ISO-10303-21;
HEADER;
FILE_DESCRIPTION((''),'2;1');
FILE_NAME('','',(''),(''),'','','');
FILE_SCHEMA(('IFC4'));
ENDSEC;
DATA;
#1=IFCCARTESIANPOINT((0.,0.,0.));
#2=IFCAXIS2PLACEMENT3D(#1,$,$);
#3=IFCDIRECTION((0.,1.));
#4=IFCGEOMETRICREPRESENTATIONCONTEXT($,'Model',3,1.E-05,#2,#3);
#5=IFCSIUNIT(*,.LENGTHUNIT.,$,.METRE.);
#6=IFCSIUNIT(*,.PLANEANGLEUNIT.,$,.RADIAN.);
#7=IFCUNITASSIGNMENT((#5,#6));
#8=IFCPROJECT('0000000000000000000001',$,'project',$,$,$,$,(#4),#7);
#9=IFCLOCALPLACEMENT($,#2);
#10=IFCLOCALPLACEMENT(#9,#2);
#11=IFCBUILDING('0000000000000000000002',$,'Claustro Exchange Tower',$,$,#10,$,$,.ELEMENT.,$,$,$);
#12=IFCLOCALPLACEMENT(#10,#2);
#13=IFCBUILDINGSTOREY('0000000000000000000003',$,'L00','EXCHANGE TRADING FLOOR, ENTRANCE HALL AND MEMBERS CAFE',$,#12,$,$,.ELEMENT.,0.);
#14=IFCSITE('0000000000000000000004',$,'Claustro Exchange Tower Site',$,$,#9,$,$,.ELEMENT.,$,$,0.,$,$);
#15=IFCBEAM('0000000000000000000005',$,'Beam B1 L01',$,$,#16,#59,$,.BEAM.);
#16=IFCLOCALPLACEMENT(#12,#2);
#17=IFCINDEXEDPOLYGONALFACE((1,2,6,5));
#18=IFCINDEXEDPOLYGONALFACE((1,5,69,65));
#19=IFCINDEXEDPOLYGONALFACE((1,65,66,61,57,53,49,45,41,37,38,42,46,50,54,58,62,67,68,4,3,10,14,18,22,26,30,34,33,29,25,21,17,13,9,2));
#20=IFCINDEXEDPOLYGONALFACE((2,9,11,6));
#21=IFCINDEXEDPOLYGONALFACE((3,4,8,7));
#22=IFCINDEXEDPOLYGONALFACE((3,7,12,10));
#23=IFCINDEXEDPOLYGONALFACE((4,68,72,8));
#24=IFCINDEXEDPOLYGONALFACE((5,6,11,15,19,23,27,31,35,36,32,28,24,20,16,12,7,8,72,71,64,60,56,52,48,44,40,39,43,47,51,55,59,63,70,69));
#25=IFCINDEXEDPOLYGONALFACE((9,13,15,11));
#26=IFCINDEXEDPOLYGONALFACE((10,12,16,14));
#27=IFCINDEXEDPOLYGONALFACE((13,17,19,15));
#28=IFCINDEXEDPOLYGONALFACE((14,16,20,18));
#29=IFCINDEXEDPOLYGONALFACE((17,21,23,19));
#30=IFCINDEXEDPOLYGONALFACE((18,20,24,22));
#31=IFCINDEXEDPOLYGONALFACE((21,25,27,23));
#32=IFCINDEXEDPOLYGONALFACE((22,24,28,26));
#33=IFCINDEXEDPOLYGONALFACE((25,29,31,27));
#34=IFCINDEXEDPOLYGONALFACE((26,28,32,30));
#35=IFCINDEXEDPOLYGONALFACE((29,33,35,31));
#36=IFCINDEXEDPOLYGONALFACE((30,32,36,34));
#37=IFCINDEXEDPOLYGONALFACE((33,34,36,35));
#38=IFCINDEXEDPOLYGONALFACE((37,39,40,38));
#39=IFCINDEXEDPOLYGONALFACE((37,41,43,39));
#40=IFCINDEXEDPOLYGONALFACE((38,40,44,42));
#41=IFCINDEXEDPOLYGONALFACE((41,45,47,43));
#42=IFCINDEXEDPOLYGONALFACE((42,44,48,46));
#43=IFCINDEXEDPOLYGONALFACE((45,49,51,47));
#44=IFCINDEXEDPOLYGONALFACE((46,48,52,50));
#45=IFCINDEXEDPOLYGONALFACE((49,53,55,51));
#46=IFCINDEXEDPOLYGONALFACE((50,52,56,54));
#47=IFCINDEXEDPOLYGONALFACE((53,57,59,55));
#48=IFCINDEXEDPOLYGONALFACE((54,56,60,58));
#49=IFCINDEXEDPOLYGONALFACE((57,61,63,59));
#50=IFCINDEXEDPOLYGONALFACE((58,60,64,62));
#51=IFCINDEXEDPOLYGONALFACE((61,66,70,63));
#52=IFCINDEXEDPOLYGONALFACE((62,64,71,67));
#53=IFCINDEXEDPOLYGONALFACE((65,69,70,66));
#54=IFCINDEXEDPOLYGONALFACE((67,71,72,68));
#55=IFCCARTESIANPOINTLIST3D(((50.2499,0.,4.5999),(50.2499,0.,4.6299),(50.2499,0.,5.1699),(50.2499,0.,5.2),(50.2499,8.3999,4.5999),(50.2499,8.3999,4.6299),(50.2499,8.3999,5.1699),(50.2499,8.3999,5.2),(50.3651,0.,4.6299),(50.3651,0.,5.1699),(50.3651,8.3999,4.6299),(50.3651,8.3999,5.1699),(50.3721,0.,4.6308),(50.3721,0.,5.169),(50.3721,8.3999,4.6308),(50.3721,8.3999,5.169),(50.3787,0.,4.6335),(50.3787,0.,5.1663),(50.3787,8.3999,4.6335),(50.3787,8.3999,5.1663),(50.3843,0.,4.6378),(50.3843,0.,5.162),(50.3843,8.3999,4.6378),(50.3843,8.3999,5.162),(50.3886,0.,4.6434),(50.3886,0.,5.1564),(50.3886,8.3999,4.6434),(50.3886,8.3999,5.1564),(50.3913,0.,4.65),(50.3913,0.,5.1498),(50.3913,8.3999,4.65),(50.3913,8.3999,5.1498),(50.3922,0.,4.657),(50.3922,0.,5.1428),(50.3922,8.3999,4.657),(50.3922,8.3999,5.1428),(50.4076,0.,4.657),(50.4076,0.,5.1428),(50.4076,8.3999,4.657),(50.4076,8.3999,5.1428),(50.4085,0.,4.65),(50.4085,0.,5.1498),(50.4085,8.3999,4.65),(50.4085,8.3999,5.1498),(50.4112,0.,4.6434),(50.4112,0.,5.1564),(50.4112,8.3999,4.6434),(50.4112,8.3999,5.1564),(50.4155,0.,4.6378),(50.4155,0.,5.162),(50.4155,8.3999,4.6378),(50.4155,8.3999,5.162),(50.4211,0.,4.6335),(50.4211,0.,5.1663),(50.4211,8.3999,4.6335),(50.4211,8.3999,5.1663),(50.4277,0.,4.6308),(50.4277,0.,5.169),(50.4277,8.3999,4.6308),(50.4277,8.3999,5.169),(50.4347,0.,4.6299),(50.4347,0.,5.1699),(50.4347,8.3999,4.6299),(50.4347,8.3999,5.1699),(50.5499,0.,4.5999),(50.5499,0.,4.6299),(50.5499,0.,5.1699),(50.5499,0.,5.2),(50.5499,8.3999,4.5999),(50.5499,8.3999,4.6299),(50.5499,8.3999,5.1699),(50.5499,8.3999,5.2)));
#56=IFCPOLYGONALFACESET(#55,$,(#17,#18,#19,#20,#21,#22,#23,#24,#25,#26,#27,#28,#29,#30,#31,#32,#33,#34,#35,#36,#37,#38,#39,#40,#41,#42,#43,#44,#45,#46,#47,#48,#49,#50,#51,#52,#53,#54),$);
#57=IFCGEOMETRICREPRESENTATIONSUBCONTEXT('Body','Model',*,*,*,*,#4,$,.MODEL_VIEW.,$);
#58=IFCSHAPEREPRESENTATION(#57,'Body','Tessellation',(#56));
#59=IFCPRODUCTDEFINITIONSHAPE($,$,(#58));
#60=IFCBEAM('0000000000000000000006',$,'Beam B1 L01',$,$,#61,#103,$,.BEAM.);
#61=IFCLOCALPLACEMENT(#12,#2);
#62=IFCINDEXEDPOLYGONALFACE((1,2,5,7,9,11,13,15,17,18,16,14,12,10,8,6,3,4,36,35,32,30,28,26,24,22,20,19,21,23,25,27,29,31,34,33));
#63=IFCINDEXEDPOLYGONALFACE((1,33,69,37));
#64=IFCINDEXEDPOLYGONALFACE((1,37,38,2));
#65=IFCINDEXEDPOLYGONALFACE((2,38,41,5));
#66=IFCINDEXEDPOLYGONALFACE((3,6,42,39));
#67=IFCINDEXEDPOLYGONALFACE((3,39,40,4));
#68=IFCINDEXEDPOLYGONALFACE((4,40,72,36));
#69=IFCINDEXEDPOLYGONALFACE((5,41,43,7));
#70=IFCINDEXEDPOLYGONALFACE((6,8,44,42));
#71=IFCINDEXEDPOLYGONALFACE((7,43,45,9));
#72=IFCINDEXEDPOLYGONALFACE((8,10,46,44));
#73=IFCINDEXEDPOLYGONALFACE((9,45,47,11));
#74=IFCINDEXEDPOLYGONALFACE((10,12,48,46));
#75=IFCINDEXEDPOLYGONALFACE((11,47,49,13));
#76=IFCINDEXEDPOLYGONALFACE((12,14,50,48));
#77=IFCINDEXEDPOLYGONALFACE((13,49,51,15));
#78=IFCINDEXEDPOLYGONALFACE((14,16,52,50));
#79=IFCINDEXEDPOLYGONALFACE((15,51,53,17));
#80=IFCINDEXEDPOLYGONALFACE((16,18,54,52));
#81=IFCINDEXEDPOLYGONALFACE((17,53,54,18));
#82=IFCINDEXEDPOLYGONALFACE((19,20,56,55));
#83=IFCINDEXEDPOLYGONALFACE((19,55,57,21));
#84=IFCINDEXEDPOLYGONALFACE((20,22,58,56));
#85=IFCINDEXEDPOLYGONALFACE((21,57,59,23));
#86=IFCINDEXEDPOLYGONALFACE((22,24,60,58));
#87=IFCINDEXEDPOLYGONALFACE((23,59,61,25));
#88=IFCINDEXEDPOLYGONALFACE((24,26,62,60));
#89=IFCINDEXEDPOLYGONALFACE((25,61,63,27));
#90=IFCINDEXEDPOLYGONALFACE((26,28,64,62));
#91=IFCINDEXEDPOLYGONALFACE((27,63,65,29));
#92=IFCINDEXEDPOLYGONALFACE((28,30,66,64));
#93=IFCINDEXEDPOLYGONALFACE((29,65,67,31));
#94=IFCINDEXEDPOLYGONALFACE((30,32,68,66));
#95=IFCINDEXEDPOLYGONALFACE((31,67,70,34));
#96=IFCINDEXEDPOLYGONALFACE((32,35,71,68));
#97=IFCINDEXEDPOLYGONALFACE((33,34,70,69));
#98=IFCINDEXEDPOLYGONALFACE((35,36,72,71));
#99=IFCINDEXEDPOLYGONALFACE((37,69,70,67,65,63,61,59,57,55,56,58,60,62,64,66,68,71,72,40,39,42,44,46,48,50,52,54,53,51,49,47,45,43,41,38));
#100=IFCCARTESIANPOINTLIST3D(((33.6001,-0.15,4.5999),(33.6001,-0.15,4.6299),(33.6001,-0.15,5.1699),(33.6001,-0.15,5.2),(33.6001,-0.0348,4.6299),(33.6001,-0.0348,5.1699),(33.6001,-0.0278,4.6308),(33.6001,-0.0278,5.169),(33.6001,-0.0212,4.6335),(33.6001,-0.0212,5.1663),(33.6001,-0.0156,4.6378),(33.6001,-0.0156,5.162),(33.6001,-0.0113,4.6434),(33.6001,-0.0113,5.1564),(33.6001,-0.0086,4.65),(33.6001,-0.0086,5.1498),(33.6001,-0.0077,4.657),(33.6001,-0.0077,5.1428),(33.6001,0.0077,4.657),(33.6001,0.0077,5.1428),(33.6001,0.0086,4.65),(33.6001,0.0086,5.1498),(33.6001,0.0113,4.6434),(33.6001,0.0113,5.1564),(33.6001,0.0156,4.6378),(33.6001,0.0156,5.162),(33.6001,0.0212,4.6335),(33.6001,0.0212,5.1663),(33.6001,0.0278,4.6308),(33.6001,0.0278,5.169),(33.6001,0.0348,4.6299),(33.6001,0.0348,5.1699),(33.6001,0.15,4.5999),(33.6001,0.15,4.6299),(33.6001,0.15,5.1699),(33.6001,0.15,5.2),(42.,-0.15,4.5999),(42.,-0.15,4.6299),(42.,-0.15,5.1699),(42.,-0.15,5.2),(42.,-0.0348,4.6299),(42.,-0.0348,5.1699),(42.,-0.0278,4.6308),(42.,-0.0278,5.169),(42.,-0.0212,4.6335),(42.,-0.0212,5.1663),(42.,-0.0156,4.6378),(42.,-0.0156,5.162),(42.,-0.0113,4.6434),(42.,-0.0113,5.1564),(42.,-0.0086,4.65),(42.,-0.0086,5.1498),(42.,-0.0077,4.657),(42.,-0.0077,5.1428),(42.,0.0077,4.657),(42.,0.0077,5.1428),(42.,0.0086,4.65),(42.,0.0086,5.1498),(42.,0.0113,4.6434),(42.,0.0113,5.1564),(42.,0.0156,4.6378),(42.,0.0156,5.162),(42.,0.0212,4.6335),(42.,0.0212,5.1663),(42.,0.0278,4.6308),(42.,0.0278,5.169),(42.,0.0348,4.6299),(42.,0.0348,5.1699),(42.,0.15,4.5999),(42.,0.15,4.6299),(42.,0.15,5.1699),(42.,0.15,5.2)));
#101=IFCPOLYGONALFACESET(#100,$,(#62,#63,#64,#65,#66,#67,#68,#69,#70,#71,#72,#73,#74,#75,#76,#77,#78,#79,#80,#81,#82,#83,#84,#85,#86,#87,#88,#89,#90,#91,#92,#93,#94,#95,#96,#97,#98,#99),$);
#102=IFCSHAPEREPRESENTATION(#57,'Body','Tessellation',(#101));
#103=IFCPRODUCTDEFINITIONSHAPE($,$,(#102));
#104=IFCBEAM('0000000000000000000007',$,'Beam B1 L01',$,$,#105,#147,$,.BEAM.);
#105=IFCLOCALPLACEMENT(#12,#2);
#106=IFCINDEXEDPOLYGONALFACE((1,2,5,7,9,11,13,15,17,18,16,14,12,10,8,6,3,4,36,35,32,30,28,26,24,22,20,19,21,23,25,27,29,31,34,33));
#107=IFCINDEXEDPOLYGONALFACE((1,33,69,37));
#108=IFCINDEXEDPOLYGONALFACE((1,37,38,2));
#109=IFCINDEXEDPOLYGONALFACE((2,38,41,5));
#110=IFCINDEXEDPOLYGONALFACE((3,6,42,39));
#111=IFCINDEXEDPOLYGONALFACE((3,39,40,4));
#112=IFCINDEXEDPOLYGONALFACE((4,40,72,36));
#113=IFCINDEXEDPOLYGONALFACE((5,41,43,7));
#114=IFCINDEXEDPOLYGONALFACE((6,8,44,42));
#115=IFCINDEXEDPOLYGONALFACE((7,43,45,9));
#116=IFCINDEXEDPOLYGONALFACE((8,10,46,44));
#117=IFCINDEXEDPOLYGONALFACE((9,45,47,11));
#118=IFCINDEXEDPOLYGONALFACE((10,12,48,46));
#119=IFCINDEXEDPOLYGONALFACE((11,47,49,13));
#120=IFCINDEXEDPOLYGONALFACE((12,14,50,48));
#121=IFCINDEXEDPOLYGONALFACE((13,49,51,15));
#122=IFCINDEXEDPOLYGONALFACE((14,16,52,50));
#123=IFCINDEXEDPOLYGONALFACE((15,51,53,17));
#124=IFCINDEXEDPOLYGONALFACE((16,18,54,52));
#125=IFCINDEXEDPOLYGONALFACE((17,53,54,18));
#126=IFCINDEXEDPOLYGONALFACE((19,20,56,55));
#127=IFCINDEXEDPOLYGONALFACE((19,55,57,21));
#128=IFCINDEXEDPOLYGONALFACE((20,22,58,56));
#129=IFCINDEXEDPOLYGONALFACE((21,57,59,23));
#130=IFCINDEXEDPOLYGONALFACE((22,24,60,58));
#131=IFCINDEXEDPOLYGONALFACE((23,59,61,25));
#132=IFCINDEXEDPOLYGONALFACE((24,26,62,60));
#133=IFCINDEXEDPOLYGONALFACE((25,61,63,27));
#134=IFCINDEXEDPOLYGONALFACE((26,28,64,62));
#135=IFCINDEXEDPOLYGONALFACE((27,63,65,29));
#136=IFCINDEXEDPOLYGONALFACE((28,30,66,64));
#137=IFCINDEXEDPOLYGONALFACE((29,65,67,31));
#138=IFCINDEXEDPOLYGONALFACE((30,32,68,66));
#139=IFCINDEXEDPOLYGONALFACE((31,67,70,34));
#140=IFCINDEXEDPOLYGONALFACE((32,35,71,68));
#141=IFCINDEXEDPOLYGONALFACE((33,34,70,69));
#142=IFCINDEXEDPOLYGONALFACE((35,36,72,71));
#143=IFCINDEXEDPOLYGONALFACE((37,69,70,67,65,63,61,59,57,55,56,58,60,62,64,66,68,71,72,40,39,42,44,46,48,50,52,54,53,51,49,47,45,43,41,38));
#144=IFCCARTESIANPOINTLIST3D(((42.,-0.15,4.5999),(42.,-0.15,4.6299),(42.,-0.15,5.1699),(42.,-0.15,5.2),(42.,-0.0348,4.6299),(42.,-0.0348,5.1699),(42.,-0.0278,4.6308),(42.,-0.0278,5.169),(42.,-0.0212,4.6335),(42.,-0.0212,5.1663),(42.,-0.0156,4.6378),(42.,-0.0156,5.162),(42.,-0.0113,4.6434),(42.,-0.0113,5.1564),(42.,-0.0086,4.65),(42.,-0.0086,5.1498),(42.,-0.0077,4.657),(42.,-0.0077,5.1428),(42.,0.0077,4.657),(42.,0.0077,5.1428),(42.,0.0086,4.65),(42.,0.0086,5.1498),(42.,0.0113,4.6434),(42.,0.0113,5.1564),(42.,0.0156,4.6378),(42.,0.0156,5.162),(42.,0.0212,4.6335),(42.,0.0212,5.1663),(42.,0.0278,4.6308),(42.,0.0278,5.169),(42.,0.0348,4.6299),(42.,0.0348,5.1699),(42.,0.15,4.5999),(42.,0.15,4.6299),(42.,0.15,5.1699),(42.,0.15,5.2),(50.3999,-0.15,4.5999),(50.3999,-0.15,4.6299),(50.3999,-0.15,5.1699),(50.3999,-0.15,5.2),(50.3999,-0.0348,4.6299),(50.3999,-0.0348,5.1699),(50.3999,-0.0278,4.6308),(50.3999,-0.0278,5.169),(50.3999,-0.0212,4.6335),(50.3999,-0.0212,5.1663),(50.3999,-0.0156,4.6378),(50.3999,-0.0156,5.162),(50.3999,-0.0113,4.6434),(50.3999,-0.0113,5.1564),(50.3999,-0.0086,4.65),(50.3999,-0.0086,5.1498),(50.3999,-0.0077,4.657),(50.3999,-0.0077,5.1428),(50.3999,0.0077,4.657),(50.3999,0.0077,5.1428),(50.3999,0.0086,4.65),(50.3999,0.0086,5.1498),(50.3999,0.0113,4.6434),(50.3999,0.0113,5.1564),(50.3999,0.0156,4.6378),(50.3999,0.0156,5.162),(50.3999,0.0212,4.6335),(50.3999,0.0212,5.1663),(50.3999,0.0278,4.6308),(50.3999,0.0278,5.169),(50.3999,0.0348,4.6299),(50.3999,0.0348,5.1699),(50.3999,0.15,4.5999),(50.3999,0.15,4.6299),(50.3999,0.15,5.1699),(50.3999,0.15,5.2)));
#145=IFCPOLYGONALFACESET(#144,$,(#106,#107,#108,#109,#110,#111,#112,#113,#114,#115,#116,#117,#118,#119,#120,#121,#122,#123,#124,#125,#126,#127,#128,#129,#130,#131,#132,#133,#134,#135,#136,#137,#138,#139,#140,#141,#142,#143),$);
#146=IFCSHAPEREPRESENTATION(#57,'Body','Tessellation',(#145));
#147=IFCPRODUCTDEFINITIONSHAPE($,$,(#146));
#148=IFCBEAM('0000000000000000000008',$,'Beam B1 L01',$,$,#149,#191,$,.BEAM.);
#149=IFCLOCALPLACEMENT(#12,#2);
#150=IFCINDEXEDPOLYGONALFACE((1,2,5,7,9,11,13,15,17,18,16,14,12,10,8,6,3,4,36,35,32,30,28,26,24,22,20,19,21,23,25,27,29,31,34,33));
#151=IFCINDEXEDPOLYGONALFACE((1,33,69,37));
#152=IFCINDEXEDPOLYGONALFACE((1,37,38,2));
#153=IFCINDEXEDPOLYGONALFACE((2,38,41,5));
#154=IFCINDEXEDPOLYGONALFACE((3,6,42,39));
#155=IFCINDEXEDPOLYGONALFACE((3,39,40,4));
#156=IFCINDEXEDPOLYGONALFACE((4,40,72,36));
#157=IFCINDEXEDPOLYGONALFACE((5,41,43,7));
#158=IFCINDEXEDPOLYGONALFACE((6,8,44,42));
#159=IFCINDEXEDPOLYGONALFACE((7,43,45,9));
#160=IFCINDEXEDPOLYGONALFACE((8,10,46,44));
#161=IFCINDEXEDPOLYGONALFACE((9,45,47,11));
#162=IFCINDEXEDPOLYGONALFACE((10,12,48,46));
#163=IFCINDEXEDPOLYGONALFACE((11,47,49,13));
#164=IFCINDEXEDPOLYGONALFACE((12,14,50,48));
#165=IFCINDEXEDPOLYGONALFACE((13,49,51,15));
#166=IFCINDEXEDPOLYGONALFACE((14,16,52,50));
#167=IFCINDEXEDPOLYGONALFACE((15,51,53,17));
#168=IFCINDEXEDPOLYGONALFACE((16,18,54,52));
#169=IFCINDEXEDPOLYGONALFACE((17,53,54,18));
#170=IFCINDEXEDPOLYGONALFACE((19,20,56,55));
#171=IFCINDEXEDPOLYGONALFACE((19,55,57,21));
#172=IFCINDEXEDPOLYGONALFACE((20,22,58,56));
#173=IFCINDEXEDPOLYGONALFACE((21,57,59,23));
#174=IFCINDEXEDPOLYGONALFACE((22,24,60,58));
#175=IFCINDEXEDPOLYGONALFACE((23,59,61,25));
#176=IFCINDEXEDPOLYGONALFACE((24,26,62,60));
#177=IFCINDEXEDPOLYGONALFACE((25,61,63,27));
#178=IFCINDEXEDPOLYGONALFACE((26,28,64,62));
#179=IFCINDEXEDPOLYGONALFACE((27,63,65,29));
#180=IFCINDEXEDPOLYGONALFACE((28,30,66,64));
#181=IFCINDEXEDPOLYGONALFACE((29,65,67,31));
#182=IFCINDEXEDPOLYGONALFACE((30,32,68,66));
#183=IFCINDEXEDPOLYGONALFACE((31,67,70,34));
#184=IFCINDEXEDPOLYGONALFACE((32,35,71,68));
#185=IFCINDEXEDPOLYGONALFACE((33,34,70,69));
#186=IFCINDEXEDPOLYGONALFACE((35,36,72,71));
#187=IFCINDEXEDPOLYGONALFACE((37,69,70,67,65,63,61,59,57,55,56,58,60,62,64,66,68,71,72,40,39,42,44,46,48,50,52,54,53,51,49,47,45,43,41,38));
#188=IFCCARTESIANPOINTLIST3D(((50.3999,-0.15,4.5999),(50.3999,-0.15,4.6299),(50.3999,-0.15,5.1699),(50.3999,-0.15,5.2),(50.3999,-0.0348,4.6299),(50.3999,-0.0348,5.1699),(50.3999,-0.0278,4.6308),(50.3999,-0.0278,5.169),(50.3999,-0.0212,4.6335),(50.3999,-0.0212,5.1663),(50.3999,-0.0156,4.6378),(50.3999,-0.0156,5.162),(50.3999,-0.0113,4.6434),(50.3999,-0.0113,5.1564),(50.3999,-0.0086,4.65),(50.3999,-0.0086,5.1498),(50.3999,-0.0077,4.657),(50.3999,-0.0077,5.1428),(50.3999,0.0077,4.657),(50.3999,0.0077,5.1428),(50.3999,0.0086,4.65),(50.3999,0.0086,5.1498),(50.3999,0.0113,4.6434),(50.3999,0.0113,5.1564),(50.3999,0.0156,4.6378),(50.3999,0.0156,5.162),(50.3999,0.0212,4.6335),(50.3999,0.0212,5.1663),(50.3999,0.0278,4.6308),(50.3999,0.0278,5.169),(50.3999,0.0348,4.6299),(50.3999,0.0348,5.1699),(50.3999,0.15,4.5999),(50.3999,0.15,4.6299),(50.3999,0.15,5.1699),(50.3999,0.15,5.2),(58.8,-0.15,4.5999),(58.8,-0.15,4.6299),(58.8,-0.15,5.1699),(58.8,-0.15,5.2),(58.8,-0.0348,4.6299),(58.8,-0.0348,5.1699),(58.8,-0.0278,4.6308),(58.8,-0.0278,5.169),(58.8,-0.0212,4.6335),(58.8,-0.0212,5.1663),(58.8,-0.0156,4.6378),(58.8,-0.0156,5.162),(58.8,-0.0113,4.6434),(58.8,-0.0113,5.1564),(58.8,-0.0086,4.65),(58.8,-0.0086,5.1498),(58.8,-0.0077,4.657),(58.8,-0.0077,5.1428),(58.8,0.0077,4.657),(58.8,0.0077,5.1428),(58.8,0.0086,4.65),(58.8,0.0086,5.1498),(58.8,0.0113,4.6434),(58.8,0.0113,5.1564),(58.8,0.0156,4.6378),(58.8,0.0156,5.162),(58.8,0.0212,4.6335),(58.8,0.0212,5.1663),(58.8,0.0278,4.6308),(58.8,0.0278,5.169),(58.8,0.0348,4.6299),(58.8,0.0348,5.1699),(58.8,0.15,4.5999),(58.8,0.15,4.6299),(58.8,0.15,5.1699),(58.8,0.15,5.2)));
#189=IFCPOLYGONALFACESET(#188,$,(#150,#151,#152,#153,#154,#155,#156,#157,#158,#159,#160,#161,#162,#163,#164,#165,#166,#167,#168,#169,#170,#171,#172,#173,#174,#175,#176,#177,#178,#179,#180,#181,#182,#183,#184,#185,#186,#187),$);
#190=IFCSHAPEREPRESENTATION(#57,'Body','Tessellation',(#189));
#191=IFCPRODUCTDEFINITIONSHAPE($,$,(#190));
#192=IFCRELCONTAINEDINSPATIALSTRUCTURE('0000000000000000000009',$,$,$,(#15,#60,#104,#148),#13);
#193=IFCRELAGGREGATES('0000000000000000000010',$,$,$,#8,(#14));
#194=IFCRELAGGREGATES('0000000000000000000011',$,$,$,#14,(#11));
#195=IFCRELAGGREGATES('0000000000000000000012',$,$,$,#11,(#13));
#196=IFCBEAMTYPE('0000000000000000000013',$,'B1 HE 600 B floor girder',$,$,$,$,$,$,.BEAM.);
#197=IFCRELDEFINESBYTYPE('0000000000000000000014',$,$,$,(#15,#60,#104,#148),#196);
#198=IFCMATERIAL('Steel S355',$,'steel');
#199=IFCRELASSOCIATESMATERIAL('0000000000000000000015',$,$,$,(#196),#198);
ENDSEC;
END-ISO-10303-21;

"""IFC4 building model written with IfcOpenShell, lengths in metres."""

from ifc_helpers import new_model, si_unit, direction, frame, origin, origin_2d, place, context, subcontext, project, spatial, i_section, extrude, material, material_profile, profile_set, type_object, element, save


model = new_model("IFC4")

# Units and contexts
model_context = context("Model", 3, precision=1e-05, world=origin(), true_north=direction((0.0, 1.0)))
body_context = subcontext(model_context, "Body", "Model", "MODEL_VIEW")
ifc_project = project(units=[si_unit("LENGTHUNIT", "METRE"), si_unit("PLANEANGLEUNIT", "RADIAN")], contexts=[model_context])

# Site, building, storey
site_placement = place(None, origin())
site = spatial("IfcSite", under=ifc_project, at=site_placement, Name="Claustro Exchange Tower Site", CompositionType="ELEMENT", RefElevation=0.0)
building_placement = place(site_placement, origin())
building = spatial("IfcBuilding", under=site, at=building_placement, Name="Claustro Exchange Tower", CompositionType="ELEMENT")
storey_placement = place(building_placement, origin())
storey = spatial("IfcBuildingStorey", under=building, at=storey_placement, Name="L00", Description="EXCHANGE TRADING FLOOR, ENTRANCE HALL AND MEMBERS CAFE", CompositionType="ELEMENT", Elevation=0.0)

# Beams
ifc_material_1 = material(Name="Steel S355", Category="steel")
ifc_material_profile_1 = material_profile(ifc_material_1, i_section(OverallWidth=0.3, OverallDepth=0.6001, WebThickness=0.0154, FlangeThickness=0.03, FilletRadius=0.0271, at=origin_2d()), Name="HE 600 B")
ifc_profile_set_1 = profile_set([ifc_material_profile_1], Name="Steel S355")
beam_type_1 = type_object("IfcBeamType", Name="B1 HE 600 B floor girder", PredefinedType="BEAM", material=ifc_profile_set_1)
for number, where, z_axis, x_axis, name in (
    (1, (50.3999, 0.0, 4.8999), (0.0, 1.0, 0.0), (-1.0, 0.0, 0.0), "Beam B1 L01"),
    (2, (33.6001, 0.0, 4.8999), (1.0, 0.0, 0.0), (0.0, 1.0, 0.0), "Beam B1 L01"),
    (3, (42.0, 0.0, 4.8999), (1.0, 0.0, 0.0), (0.0, 1.0, 0.0), "Beam B1 L01"),
):
    element("IfcBeam", number, at=place(storey_placement, frame(where, z_axis=z_axis, x_axis=x_axis)), inside=storey, type_object=beam_type_1, Name=name, PredefinedType="BEAM", context=body_context, shape_type="SweptSolid", body=[
        extrude(i_section(OverallWidth=0.3, OverallDepth=0.6001, WebThickness=0.0154, FlangeThickness=0.03, FilletRadius=0.0271, at=origin_2d()), origin(), (0.0, 0.0, 1.0), 8.3999),
    ])
beam_1_placement = place(storey_placement, frame((50.3999, 0.0, 4.8999), z_axis=(1.0, 0.0, 0.0), x_axis=(0.0, 1.0, 0.0)))
element("IfcBeam", 4, at=beam_1_placement, inside=storey, type_object=beam_type_1, Name="Beam B1 L01", PredefinedType="BEAM", context=body_context, shape_type="SweptSolid", body=[
    extrude(i_section(OverallWidth=0.3, OverallDepth=0.6001, WebThickness=0.0154, FlangeThickness=0.03, FilletRadius=0.0271, at=origin_2d()), origin(), (0.0, 0.0, 1.0), 8.4001),
])

save(model, "model.ifc")
